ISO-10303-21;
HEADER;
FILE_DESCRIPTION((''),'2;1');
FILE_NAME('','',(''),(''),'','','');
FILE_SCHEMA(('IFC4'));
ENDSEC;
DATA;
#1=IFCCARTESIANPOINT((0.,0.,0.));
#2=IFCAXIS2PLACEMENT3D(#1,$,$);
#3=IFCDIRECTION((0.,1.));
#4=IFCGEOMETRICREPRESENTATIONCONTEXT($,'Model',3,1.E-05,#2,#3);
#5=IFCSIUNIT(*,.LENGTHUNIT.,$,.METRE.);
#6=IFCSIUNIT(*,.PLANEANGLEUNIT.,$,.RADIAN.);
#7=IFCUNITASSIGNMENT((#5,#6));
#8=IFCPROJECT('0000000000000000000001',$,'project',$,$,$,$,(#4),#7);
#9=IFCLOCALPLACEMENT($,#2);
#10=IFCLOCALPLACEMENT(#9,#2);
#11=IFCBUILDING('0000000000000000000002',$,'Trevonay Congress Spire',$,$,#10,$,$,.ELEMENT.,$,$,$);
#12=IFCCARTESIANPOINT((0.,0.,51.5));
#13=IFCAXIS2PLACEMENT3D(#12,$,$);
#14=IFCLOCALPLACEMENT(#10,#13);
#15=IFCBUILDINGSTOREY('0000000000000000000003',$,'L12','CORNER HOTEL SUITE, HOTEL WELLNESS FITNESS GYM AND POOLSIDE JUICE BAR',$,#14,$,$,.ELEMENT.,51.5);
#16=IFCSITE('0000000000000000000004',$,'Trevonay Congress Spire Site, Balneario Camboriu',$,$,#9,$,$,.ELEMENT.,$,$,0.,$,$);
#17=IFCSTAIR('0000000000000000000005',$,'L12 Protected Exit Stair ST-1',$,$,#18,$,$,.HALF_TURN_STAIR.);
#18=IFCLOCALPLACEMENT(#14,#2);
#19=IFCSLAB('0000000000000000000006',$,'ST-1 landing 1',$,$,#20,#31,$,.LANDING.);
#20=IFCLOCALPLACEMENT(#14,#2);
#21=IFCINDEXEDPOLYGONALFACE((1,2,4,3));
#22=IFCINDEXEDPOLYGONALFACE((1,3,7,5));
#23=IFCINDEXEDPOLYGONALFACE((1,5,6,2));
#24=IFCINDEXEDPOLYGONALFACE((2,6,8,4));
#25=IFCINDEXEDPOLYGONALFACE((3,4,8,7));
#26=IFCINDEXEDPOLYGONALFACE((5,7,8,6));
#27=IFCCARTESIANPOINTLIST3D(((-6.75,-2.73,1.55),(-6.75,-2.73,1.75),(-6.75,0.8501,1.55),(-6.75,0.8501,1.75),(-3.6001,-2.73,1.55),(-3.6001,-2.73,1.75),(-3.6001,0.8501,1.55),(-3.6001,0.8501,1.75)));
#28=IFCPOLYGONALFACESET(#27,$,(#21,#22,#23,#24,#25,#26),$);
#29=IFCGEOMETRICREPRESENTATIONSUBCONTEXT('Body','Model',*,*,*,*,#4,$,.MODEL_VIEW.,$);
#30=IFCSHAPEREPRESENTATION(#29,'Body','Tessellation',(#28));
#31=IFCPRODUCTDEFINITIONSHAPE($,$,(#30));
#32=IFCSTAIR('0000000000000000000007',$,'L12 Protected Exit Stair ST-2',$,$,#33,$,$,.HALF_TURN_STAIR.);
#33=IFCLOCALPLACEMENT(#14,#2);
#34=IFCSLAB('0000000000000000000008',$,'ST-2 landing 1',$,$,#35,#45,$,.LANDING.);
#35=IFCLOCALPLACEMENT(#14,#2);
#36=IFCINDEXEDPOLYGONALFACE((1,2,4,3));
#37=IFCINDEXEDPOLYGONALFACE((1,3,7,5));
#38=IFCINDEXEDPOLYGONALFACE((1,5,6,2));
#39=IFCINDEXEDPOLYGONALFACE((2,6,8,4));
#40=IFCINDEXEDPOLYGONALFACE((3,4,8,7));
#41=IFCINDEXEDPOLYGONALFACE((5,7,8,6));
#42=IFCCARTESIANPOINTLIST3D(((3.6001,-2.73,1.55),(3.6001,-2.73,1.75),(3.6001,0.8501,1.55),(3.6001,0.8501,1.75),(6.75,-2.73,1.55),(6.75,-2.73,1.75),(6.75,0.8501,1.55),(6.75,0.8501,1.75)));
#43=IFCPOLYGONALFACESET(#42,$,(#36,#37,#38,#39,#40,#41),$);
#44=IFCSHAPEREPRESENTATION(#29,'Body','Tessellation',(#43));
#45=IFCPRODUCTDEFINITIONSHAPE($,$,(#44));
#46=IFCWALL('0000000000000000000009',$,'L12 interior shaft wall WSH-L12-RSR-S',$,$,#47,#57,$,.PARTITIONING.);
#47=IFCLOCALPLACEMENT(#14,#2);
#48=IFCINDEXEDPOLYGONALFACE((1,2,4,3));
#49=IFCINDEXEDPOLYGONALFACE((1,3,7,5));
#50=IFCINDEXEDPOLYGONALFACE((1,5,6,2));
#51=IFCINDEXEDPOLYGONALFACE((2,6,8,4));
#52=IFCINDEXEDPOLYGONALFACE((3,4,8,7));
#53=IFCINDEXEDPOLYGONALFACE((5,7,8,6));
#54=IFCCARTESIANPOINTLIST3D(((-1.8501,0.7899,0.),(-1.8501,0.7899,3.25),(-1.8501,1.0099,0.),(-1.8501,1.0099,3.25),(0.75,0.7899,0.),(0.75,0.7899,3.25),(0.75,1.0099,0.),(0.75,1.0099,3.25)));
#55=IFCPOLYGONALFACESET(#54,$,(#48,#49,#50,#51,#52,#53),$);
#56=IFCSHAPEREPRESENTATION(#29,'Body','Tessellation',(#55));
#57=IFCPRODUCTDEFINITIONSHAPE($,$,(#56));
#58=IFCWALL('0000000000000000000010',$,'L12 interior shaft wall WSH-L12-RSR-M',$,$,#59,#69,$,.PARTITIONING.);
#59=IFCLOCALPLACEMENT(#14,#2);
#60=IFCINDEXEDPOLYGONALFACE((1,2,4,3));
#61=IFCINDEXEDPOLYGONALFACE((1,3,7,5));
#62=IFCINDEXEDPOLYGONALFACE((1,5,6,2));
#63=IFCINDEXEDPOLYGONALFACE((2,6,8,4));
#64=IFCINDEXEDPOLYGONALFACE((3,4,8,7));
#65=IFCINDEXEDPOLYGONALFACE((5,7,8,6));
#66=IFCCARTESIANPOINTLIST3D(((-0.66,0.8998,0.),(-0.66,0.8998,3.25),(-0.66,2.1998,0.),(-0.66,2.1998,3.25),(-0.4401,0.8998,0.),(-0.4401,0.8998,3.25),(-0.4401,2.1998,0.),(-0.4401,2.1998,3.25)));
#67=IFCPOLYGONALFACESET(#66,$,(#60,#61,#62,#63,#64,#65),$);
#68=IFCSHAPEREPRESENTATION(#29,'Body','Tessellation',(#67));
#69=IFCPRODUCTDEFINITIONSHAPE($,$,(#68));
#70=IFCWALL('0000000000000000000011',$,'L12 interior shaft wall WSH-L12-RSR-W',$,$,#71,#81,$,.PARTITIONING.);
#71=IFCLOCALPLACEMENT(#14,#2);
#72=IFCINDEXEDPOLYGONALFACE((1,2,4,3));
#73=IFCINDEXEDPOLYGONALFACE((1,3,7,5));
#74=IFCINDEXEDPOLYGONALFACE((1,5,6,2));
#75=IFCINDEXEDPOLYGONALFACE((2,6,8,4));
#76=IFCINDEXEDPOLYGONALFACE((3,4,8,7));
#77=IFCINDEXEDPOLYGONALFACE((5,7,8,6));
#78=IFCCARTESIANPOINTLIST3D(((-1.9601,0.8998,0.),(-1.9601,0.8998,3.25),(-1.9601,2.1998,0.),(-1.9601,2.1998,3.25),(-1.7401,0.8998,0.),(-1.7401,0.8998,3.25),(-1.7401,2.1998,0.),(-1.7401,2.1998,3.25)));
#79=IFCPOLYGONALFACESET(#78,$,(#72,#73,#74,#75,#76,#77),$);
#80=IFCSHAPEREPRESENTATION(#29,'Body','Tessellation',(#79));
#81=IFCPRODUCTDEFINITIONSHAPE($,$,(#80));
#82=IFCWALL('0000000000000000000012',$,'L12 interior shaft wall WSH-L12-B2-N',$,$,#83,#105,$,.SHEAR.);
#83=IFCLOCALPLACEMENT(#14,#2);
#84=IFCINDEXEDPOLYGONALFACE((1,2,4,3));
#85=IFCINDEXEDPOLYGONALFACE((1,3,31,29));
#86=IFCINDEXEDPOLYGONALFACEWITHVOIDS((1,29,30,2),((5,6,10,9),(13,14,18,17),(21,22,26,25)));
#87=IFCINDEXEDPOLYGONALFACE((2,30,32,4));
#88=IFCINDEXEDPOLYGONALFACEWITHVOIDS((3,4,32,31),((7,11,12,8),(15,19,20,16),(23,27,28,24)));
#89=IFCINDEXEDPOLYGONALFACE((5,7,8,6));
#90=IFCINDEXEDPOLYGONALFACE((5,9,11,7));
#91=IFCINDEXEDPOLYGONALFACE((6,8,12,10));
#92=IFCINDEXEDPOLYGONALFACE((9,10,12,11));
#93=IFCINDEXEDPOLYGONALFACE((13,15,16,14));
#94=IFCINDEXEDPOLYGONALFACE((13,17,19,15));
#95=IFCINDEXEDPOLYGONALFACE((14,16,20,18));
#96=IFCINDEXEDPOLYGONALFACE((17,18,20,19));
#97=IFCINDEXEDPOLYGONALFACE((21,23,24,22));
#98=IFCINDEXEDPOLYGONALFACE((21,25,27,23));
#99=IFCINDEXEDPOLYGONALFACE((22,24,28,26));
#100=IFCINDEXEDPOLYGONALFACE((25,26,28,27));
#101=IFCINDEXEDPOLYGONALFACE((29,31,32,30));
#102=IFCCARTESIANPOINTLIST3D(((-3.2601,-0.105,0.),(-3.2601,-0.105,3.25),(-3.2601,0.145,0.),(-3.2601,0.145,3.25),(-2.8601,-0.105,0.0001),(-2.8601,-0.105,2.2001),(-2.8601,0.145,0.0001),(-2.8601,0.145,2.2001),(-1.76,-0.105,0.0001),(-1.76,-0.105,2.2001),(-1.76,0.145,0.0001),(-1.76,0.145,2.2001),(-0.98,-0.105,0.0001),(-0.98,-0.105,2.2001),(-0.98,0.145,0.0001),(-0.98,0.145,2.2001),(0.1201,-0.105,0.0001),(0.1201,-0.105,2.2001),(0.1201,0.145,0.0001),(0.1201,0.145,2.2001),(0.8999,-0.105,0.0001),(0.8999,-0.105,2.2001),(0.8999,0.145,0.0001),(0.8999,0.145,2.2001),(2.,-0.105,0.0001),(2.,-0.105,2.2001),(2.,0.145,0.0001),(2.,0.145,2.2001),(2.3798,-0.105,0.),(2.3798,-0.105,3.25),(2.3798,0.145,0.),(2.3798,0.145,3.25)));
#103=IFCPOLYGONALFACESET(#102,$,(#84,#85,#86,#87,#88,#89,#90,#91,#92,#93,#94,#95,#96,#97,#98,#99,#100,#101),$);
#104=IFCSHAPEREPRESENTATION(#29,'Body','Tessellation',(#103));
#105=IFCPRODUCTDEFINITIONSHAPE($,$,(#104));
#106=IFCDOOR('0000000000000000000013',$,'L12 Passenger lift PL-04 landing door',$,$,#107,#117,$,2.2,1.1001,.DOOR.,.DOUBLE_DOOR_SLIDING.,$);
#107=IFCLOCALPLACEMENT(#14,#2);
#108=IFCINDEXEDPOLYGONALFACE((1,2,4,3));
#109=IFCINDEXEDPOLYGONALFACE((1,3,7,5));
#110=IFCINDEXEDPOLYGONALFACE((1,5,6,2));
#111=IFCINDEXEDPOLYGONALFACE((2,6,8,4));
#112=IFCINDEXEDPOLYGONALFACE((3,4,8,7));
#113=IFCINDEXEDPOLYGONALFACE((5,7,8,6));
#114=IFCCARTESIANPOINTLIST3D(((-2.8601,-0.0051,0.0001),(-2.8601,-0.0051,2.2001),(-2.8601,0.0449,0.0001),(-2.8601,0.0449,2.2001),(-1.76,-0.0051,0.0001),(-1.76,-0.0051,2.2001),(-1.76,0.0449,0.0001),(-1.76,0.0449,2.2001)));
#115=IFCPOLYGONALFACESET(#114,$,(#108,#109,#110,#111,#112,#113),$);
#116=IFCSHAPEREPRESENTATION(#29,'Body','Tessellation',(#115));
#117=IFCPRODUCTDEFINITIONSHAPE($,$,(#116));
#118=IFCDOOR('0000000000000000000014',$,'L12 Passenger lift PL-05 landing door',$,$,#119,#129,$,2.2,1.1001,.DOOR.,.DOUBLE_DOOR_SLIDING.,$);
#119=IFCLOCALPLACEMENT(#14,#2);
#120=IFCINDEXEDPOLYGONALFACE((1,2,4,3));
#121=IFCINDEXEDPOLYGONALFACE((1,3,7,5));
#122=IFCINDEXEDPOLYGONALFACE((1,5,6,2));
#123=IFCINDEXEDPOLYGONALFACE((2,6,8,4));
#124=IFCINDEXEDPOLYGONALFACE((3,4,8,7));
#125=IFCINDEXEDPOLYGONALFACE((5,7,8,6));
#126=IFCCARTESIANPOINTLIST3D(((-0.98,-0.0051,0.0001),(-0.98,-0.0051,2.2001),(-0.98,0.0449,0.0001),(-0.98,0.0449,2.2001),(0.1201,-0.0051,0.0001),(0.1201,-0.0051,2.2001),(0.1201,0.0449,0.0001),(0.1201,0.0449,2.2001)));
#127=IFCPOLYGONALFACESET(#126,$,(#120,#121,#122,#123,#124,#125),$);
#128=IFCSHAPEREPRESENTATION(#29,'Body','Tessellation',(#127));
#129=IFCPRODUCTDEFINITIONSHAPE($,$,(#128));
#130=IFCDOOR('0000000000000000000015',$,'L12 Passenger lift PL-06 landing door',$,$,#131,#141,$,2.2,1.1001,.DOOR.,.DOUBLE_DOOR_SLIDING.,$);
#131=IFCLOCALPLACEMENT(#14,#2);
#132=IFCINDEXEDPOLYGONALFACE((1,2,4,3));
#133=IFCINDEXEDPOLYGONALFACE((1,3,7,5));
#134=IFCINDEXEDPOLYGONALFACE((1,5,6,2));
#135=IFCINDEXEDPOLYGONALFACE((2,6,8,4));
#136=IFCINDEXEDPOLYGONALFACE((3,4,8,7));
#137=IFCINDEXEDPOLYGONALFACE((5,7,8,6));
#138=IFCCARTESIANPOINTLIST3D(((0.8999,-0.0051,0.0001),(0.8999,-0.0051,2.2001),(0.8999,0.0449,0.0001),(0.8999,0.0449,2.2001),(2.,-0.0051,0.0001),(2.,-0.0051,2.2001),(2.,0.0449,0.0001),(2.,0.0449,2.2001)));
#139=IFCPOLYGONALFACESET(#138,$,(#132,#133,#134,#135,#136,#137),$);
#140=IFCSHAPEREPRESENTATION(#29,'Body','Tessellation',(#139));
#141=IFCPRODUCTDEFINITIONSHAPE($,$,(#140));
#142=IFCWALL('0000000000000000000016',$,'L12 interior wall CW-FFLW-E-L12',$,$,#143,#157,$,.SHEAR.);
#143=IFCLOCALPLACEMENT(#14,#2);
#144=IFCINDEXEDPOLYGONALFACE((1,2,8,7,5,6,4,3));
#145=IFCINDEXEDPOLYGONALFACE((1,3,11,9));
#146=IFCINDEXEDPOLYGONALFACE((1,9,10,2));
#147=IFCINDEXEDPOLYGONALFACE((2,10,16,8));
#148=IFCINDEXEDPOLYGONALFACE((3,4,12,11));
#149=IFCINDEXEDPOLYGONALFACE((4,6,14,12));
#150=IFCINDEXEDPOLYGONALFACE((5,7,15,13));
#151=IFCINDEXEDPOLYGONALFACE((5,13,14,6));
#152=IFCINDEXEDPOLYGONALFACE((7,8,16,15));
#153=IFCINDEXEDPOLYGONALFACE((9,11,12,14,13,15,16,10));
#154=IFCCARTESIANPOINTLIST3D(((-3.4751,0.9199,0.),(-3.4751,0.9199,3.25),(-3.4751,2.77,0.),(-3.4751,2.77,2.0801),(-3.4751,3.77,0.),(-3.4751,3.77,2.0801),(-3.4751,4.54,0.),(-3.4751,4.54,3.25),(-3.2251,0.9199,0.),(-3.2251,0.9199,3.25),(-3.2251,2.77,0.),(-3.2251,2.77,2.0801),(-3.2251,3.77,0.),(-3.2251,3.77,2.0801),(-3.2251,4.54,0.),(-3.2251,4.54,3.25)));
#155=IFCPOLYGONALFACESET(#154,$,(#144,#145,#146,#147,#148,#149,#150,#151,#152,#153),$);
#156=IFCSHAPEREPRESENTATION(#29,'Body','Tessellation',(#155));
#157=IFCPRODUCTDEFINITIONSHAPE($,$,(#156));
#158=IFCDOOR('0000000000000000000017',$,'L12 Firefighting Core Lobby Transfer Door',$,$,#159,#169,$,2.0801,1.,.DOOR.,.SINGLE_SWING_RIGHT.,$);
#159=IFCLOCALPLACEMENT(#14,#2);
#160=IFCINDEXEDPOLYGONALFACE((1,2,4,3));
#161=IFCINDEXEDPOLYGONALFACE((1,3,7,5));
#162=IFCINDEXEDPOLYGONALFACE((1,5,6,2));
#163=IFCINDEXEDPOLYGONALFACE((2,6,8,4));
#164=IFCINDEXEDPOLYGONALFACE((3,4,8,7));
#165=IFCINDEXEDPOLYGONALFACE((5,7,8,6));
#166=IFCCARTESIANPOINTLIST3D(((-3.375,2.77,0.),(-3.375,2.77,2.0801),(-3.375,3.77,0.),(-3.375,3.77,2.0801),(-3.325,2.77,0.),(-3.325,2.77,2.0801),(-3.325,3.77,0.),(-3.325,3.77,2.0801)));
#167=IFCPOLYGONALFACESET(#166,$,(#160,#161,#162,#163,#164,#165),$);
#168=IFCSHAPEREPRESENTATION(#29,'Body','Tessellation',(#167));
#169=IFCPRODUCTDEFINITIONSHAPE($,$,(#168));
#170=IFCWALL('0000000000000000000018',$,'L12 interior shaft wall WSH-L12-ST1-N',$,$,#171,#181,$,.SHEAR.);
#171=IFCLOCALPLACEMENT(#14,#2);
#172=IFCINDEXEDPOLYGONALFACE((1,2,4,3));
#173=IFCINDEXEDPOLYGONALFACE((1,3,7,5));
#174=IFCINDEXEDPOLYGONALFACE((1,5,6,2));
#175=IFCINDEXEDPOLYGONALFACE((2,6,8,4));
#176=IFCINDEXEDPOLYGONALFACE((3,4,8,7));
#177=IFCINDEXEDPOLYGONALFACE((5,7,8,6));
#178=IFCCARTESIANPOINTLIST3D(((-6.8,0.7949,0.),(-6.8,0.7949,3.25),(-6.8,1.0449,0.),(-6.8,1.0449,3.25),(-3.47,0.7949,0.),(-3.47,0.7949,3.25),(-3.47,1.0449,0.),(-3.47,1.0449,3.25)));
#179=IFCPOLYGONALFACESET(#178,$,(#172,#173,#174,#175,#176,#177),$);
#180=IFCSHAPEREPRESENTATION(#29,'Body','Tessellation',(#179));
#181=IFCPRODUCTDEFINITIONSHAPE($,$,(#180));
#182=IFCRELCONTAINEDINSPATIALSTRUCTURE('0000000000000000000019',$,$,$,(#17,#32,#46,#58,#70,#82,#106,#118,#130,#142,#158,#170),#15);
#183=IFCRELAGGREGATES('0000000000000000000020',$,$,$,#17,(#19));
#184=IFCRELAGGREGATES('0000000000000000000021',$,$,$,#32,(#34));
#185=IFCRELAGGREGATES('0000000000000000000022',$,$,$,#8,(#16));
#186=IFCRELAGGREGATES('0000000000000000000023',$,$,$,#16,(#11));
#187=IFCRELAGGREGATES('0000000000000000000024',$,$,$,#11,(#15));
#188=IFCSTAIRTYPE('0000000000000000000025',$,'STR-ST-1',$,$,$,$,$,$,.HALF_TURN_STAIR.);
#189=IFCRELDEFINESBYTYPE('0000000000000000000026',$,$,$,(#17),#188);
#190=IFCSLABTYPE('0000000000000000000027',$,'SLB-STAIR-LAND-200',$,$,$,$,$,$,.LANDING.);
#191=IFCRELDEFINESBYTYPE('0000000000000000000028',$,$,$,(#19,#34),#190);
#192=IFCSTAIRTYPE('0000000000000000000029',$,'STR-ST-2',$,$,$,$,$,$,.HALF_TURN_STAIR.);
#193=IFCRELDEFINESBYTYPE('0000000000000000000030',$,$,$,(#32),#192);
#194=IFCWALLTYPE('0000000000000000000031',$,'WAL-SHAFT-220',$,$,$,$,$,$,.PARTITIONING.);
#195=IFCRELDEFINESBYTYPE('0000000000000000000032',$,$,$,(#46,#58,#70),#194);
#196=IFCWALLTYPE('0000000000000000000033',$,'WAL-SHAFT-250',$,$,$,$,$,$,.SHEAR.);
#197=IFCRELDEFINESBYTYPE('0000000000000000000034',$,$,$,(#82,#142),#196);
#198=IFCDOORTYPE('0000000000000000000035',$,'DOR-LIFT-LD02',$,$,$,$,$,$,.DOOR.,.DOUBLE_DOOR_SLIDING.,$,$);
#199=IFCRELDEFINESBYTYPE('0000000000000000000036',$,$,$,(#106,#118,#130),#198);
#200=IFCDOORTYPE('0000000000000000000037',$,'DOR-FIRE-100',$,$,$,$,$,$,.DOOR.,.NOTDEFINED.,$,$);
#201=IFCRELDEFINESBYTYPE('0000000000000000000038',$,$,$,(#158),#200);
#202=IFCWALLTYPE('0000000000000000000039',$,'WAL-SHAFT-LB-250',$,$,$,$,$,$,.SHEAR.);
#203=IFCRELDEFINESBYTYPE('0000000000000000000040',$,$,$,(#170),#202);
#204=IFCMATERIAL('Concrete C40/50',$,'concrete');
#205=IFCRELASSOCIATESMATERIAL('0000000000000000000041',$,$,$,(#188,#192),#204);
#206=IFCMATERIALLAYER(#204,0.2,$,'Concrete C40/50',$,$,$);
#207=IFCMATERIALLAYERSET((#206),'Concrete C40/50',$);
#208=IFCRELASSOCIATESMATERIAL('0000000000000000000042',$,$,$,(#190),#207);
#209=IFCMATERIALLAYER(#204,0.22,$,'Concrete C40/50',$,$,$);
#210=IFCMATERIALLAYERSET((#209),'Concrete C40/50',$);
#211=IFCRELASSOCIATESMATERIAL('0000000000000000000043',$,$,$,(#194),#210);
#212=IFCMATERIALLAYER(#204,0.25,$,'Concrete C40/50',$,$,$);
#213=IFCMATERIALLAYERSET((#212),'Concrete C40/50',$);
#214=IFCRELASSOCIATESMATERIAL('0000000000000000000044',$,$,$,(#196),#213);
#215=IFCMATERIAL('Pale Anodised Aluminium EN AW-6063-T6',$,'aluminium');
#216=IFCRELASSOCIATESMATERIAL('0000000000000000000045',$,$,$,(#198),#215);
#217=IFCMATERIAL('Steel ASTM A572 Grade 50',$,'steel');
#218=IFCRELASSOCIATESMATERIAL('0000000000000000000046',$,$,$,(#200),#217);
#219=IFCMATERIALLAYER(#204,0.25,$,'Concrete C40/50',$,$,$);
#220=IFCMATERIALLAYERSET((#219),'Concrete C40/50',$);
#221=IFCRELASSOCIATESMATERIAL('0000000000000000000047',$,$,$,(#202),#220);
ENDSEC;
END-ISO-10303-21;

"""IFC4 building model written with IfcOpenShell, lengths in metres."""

from ifc_helpers import new_model, si_unit, direction, frame, frame_2d, origin, place, context, subcontext, project, spatial, polyline, rectangle, outline, extrude, material, layer, layer_set, type_object, element, fill, aggregate, save


model = new_model("IFC4")

# Units and contexts
model_context = context("Model", 3, precision=1e-05, world=origin(), true_north=direction((0.0, 1.0)))
body_context = subcontext(model_context, "Body", "Model", "MODEL_VIEW")
ifc_project = project(units=[si_unit("LENGTHUNIT", "METRE"), si_unit("PLANEANGLEUNIT", "RADIAN")], contexts=[model_context])

# Site, building, storey
site_placement = place(None, origin())
site = spatial("IfcSite", under=ifc_project, at=site_placement, Name="Trevonay Congress Spire Site, Balneario Camboriu", CompositionType="ELEMENT", RefElevation=0.0)
building_placement = place(site_placement, origin())
building = spatial("IfcBuilding", under=site, at=building_placement, Name="Trevonay Congress Spire", CompositionType="ELEMENT")
storey_placement = place(building_placement, frame((0.0, 0.0, 51.5)))
storey = spatial("IfcBuildingStorey", under=building, at=storey_placement, Name="L12", Description="CORNER HOTEL SUITE, HOTEL WELLNESS FITNESS GYM AND POOLSIDE JUICE BAR", CompositionType="ELEMENT", Elevation=51.5)

# Stairs, slabs
ifc_material_1 = material(Name="Concrete C40/50", Category="concrete")
stair_type_1 = type_object("IfcStairType", Name="STR-ST-1", PredefinedType="HALF_TURN_STAIR", material=ifc_material_1)
stair_1_placement = place(storey_placement, origin())
stair_1 = element("IfcStair", 1, at=stair_1_placement, inside=storey, type_object=stair_type_1, Name="L12 Protected Exit Stair ST-1", PredefinedType="HALF_TURN_STAIR")
ifc_layer_1 = layer(ifc_material_1, 0.2, Name="Concrete C40/50")
ifc_layer_set_1 = layer_set([ifc_layer_1], Name="Concrete C40/50")
slab_type = type_object("IfcSlabType", Name="SLB-STAIR-LAND-200", PredefinedType="LANDING", material=ifc_layer_set_1)
slab_1_placement = place(storey_placement, frame((0.0, 0.0, 1.55)))
slab_1 = element("IfcSlab", 2, at=slab_1_placement, type_object=slab_type, Name="ST-1 landing 1", PredefinedType="LANDING", context=body_context, shape_type="SweptSolid", body=[
    extrude(outline(polyline([(-3.6001, -2.73), (-3.6001, 0.8501), (-6.75, 0.8501), (-6.75, -2.73), (-3.6001, -2.73)])), origin(), (0.0, 0.0, 1.0), 0.2),
])
aggregate(stair_1, [slab_1])
stair_type_2 = type_object("IfcStairType", Name="STR-ST-2", PredefinedType="HALF_TURN_STAIR", material=ifc_material_1)
stair_2_placement = place(storey_placement, origin())
stair_2 = element("IfcStair", 3, at=stair_2_placement, inside=storey, type_object=stair_type_2, Name="L12 Protected Exit Stair ST-2", PredefinedType="HALF_TURN_STAIR")
slab_2_placement = place(storey_placement, frame((0.0, 0.0, 1.55)))
slab_2 = element("IfcSlab", 4, at=slab_2_placement, type_object=slab_type, Name="ST-2 landing 1", PredefinedType="LANDING", context=body_context, shape_type="SweptSolid", body=[
    extrude(outline(polyline([(6.75, -2.73), (6.75, 0.8501), (3.6001, 0.8501), (3.6001, -2.73), (6.75, -2.73)])), origin(), (0.0, 0.0, 1.0), 0.2),
])
aggregate(stair_2, [slab_2])

# Walls
ifc_layer_2 = layer(ifc_material_1, 0.22, Name="Concrete C40/50")
ifc_layer_set_2 = layer_set([ifc_layer_2], Name="Concrete C40/50")
wall_type_1 = type_object("IfcWallType", Name="WAL-SHAFT-220", PredefinedType="PARTITIONING", material=ifc_layer_set_2)
wall_1_placement = place(storey_placement, frame((-1.8501, 0.8999, 0.0), z_axis=(0.0, 0.0, 1.0), x_axis=(1.0, 0.0, 0.0)))
element("IfcWall", 5, at=wall_1_placement, inside=storey, type_object=wall_type_1, Name="L12 interior shaft wall WSH-L12-RSR-S", PredefinedType="PARTITIONING", context=body_context, shape_type="SweptSolid", body=[
    extrude(rectangle(XDim=2.6001, YDim=0.22, at=frame_2d((1.3, 0.0))), origin(), (0.0, 0.0, 1.0), 3.25),
])
for number, where, z_axis, x_axis, name in (
    (6, (-0.55, 0.8999, 0.0), (0.0, 0.0, 1.0), (0.0, 1.0, 0.0), "L12 interior shaft wall WSH-L12-RSR-M"),
    (7, (-1.8501, 0.8999, 0.0), (0.0, 0.0, 1.0), (0.0, 1.0, 0.0), "L12 interior shaft wall WSH-L12-RSR-W"),
):
    element("IfcWall", number, at=place(storey_placement, frame(where, z_axis=z_axis, x_axis=x_axis)), inside=storey, type_object=wall_type_1, Name=name, PredefinedType="PARTITIONING", context=body_context, shape_type="SweptSolid", body=[
        extrude(rectangle(XDim=1.3, YDim=0.22, at=frame_2d((0.6499, 0.0))), origin(), (0.0, 0.0, 1.0), 3.25),
    ])

# Wall, openings, doors
ifc_layer_3 = layer(ifc_material_1, 0.25, Name="Concrete C40/50")
ifc_layer_set_3 = layer_set([ifc_layer_3], Name="Concrete C40/50")
wall_type_2 = type_object("IfcWallType", Name="WAL-SHAFT-250", PredefinedType="SHEAR", material=ifc_layer_set_3)
wall_2_placement = place(storey_placement, frame((-3.26, 0.02, 0.0), z_axis=(0.0, 0.0, 1.0), x_axis=(1.0, 0.0, 0.0)))
wall_2 = element("IfcWall", 8, at=wall_2_placement, inside=storey, type_object=wall_type_2, Name="L12 interior shaft wall WSH-L12-B2-N", PredefinedType="SHEAR", context=body_context, shape_type="SweptSolid", body=[
    extrude(rectangle(XDim=5.6399, YDim=0.25, at=frame_2d((2.8198, 0.0))), origin(), (0.0, 0.0, 1.0), 3.25),
])
opening_1_placement = place(wall_2_placement, frame((0.3999, 0.0, 0.0)))
opening_1 = element("IfcOpeningElement", 9, at=opening_1_placement, cuts=wall_2, PredefinedType="OPENING", context=body_context, shape_type="SweptSolid", body=[
    extrude(rectangle(XDim=1.1001, YDim=2.2, at=frame_2d((0.55, 1.1001))), frame((0.0, 0.135, 0.0), z_axis=(0.0, -1.0, 0.0), x_axis=(1.0, 0.0, 0.0)), (0.0, 0.0, 1.0), 0.27),
])
opening_2_placement = place(wall_2_placement, frame((2.28, 0.0, 0.0)))
opening_2 = element("IfcOpeningElement", 10, at=opening_2_placement, cuts=wall_2, PredefinedType="OPENING", context=body_context, shape_type="SweptSolid", body=[
    extrude(rectangle(XDim=1.1001, YDim=2.2, at=frame_2d((0.55, 1.1001))), frame((0.0, 0.135, 0.0), z_axis=(0.0, -1.0, 0.0), x_axis=(1.0, 0.0, 0.0)), (0.0, 0.0, 1.0), 0.27),
])
opening_3_placement = place(wall_2_placement, frame((4.1599, 0.0, 0.0)))
opening_3 = element("IfcOpeningElement", 11, at=opening_3_placement, cuts=wall_2, PredefinedType="OPENING", context=body_context, shape_type="SweptSolid", body=[
    extrude(rectangle(XDim=1.1001, YDim=2.2, at=frame_2d((0.55, 1.1001))), frame((0.0, 0.135, 0.0), z_axis=(0.0, -1.0, 0.0), x_axis=(1.0, 0.0, 0.0)), (0.0, 0.0, 1.0), 0.27),
])
ifc_material_2 = material(Name="Pale Anodised Aluminium EN AW-6063-T6", Category="aluminium")
door_type_1 = type_object("IfcDoorType", Name="DOR-LIFT-LD02", OperationType="DOUBLE_DOOR_SLIDING", PredefinedType="DOOR", material=ifc_material_2)
door_1_placement = place(opening_1_placement, origin())
door_1 = element("IfcDoor", 12, at=door_1_placement, inside=storey, type_object=door_type_1, Name="L12 Passenger lift PL-04 landing door", OperationType="DOUBLE_DOOR_SLIDING", OverallHeight=2.2, OverallWidth=1.1001, PredefinedType="DOOR", context=body_context, shape_type="SweptSolid", body=[
    extrude(rectangle(XDim=1.1001, YDim=2.2, at=frame_2d((0.55, 1.1001))), frame((0.0, 0.0249, 0.0), z_axis=(0.0, -1.0, 0.0), x_axis=(1.0, 0.0, 0.0)), (0.0, 0.0, 1.0), 0.05),
])
fill(opening_1, door_1)
door_2_placement = place(opening_2_placement, origin())
door_2 = element("IfcDoor", 13, at=door_2_placement, inside=storey, type_object=door_type_1, Name="L12 Passenger lift PL-05 landing door", OperationType="DOUBLE_DOOR_SLIDING", OverallHeight=2.2, OverallWidth=1.1001, PredefinedType="DOOR", context=body_context, shape_type="SweptSolid", body=[
    extrude(rectangle(XDim=1.1001, YDim=2.2, at=frame_2d((0.55, 1.1001))), frame((0.0, 0.0249, 0.0), z_axis=(0.0, -1.0, 0.0), x_axis=(1.0, 0.0, 0.0)), (0.0, 0.0, 1.0), 0.05),
])
fill(opening_2, door_2)
door_3_placement = place(opening_3_placement, origin())
door_3 = element("IfcDoor", 14, at=door_3_placement, inside=storey, type_object=door_type_1, Name="L12 Passenger lift PL-06 landing door", OperationType="DOUBLE_DOOR_SLIDING", OverallHeight=2.2, OverallWidth=1.1001, PredefinedType="DOOR", context=body_context, shape_type="SweptSolid", body=[
    extrude(rectangle(XDim=1.1001, YDim=2.2, at=frame_2d((0.55, 1.1001))), frame((0.0, 0.0249, 0.0), z_axis=(0.0, -1.0, 0.0), x_axis=(1.0, 0.0, 0.0)), (0.0, 0.0, 1.0), 0.05),
])
fill(opening_3, door_3)

# Wall, opening, door
wall_3_placement = place(storey_placement, frame((-3.3501, 0.9199, 0.0), z_axis=(0.0, 0.0, 1.0), x_axis=(0.0, 1.0, 0.0)))
wall_3 = element("IfcWall", 15, at=wall_3_placement, inside=storey, type_object=wall_type_2, Name="L12 interior wall CW-FFLW-E-L12", PredefinedType="SHEAR", context=body_context, shape_type="SweptSolid", body=[
    extrude(rectangle(XDim=3.6201, YDim=0.25, at=frame_2d((1.8101, 0.0))), origin(), (0.0, 0.0, 1.0), 3.25),
])
opening_4_placement = place(wall_3_placement, frame((1.8501, 0.0, 0.0)))
opening_4 = element("IfcOpeningElement", 16, at=opening_4_placement, cuts=wall_3, PredefinedType="OPENING", context=body_context, shape_type="SweptSolid", body=[
    extrude(rectangle(XDim=1.0, YDim=2.0801, at=frame_2d((0.5, 1.04))), frame((0.0, 0.135, 0.0), z_axis=(0.0, -1.0, 0.0), x_axis=(1.0, 0.0, 0.0)), (0.0, 0.0, 1.0), 0.27),
])
ifc_material_3 = material(Name="Steel ASTM A572 Grade 50", Category="steel")
door_type_2 = type_object("IfcDoorType", Name="DOR-FIRE-100", OperationType="NOTDEFINED", PredefinedType="DOOR", material=ifc_material_3)
door_4_placement = place(opening_4_placement, origin())
door_4 = element("IfcDoor", 17, at=door_4_placement, inside=storey, type_object=door_type_2, Name="L12 Firefighting Core Lobby Transfer Door", OperationType="SINGLE_SWING_RIGHT", OverallHeight=2.0801, OverallWidth=1.0, PredefinedType="DOOR", context=body_context, shape_type="SweptSolid", body=[
    extrude(rectangle(XDim=1.0, YDim=2.0801, at=frame_2d((0.5, 1.04))), frame((0.0, 0.0249, 0.0), z_axis=(0.0, -1.0, 0.0), x_axis=(1.0, 0.0, 0.0)), (0.0, 0.0, 1.0), 0.05),
])
fill(opening_4, door_4)

# Wall
ifc_layer_4 = layer(ifc_material_1, 0.25, Name="Concrete C40/50")
ifc_layer_set_4 = layer_set([ifc_layer_4], Name="Concrete C40/50")
wall_type_3 = type_object("IfcWallType", Name="WAL-SHAFT-LB-250", PredefinedType="SHEAR", material=ifc_layer_set_4)
wall_4_placement = place(storey_placement, frame((-6.8, 0.9199, 0.0), z_axis=(0.0, 0.0, 1.0), x_axis=(1.0, 0.0, 0.0)))
element("IfcWall", 18, at=wall_4_placement, inside=storey, type_object=wall_type_3, Name="L12 interior shaft wall WSH-L12-ST1-N", PredefinedType="SHEAR", context=body_context, shape_type="SweptSolid", body=[
    extrude(rectangle(XDim=3.3301, YDim=0.25, at=frame_2d((1.665, 0.0))), origin(), (0.0, 0.0, 1.0), 3.25),
])

save(model, "model.ifc")
